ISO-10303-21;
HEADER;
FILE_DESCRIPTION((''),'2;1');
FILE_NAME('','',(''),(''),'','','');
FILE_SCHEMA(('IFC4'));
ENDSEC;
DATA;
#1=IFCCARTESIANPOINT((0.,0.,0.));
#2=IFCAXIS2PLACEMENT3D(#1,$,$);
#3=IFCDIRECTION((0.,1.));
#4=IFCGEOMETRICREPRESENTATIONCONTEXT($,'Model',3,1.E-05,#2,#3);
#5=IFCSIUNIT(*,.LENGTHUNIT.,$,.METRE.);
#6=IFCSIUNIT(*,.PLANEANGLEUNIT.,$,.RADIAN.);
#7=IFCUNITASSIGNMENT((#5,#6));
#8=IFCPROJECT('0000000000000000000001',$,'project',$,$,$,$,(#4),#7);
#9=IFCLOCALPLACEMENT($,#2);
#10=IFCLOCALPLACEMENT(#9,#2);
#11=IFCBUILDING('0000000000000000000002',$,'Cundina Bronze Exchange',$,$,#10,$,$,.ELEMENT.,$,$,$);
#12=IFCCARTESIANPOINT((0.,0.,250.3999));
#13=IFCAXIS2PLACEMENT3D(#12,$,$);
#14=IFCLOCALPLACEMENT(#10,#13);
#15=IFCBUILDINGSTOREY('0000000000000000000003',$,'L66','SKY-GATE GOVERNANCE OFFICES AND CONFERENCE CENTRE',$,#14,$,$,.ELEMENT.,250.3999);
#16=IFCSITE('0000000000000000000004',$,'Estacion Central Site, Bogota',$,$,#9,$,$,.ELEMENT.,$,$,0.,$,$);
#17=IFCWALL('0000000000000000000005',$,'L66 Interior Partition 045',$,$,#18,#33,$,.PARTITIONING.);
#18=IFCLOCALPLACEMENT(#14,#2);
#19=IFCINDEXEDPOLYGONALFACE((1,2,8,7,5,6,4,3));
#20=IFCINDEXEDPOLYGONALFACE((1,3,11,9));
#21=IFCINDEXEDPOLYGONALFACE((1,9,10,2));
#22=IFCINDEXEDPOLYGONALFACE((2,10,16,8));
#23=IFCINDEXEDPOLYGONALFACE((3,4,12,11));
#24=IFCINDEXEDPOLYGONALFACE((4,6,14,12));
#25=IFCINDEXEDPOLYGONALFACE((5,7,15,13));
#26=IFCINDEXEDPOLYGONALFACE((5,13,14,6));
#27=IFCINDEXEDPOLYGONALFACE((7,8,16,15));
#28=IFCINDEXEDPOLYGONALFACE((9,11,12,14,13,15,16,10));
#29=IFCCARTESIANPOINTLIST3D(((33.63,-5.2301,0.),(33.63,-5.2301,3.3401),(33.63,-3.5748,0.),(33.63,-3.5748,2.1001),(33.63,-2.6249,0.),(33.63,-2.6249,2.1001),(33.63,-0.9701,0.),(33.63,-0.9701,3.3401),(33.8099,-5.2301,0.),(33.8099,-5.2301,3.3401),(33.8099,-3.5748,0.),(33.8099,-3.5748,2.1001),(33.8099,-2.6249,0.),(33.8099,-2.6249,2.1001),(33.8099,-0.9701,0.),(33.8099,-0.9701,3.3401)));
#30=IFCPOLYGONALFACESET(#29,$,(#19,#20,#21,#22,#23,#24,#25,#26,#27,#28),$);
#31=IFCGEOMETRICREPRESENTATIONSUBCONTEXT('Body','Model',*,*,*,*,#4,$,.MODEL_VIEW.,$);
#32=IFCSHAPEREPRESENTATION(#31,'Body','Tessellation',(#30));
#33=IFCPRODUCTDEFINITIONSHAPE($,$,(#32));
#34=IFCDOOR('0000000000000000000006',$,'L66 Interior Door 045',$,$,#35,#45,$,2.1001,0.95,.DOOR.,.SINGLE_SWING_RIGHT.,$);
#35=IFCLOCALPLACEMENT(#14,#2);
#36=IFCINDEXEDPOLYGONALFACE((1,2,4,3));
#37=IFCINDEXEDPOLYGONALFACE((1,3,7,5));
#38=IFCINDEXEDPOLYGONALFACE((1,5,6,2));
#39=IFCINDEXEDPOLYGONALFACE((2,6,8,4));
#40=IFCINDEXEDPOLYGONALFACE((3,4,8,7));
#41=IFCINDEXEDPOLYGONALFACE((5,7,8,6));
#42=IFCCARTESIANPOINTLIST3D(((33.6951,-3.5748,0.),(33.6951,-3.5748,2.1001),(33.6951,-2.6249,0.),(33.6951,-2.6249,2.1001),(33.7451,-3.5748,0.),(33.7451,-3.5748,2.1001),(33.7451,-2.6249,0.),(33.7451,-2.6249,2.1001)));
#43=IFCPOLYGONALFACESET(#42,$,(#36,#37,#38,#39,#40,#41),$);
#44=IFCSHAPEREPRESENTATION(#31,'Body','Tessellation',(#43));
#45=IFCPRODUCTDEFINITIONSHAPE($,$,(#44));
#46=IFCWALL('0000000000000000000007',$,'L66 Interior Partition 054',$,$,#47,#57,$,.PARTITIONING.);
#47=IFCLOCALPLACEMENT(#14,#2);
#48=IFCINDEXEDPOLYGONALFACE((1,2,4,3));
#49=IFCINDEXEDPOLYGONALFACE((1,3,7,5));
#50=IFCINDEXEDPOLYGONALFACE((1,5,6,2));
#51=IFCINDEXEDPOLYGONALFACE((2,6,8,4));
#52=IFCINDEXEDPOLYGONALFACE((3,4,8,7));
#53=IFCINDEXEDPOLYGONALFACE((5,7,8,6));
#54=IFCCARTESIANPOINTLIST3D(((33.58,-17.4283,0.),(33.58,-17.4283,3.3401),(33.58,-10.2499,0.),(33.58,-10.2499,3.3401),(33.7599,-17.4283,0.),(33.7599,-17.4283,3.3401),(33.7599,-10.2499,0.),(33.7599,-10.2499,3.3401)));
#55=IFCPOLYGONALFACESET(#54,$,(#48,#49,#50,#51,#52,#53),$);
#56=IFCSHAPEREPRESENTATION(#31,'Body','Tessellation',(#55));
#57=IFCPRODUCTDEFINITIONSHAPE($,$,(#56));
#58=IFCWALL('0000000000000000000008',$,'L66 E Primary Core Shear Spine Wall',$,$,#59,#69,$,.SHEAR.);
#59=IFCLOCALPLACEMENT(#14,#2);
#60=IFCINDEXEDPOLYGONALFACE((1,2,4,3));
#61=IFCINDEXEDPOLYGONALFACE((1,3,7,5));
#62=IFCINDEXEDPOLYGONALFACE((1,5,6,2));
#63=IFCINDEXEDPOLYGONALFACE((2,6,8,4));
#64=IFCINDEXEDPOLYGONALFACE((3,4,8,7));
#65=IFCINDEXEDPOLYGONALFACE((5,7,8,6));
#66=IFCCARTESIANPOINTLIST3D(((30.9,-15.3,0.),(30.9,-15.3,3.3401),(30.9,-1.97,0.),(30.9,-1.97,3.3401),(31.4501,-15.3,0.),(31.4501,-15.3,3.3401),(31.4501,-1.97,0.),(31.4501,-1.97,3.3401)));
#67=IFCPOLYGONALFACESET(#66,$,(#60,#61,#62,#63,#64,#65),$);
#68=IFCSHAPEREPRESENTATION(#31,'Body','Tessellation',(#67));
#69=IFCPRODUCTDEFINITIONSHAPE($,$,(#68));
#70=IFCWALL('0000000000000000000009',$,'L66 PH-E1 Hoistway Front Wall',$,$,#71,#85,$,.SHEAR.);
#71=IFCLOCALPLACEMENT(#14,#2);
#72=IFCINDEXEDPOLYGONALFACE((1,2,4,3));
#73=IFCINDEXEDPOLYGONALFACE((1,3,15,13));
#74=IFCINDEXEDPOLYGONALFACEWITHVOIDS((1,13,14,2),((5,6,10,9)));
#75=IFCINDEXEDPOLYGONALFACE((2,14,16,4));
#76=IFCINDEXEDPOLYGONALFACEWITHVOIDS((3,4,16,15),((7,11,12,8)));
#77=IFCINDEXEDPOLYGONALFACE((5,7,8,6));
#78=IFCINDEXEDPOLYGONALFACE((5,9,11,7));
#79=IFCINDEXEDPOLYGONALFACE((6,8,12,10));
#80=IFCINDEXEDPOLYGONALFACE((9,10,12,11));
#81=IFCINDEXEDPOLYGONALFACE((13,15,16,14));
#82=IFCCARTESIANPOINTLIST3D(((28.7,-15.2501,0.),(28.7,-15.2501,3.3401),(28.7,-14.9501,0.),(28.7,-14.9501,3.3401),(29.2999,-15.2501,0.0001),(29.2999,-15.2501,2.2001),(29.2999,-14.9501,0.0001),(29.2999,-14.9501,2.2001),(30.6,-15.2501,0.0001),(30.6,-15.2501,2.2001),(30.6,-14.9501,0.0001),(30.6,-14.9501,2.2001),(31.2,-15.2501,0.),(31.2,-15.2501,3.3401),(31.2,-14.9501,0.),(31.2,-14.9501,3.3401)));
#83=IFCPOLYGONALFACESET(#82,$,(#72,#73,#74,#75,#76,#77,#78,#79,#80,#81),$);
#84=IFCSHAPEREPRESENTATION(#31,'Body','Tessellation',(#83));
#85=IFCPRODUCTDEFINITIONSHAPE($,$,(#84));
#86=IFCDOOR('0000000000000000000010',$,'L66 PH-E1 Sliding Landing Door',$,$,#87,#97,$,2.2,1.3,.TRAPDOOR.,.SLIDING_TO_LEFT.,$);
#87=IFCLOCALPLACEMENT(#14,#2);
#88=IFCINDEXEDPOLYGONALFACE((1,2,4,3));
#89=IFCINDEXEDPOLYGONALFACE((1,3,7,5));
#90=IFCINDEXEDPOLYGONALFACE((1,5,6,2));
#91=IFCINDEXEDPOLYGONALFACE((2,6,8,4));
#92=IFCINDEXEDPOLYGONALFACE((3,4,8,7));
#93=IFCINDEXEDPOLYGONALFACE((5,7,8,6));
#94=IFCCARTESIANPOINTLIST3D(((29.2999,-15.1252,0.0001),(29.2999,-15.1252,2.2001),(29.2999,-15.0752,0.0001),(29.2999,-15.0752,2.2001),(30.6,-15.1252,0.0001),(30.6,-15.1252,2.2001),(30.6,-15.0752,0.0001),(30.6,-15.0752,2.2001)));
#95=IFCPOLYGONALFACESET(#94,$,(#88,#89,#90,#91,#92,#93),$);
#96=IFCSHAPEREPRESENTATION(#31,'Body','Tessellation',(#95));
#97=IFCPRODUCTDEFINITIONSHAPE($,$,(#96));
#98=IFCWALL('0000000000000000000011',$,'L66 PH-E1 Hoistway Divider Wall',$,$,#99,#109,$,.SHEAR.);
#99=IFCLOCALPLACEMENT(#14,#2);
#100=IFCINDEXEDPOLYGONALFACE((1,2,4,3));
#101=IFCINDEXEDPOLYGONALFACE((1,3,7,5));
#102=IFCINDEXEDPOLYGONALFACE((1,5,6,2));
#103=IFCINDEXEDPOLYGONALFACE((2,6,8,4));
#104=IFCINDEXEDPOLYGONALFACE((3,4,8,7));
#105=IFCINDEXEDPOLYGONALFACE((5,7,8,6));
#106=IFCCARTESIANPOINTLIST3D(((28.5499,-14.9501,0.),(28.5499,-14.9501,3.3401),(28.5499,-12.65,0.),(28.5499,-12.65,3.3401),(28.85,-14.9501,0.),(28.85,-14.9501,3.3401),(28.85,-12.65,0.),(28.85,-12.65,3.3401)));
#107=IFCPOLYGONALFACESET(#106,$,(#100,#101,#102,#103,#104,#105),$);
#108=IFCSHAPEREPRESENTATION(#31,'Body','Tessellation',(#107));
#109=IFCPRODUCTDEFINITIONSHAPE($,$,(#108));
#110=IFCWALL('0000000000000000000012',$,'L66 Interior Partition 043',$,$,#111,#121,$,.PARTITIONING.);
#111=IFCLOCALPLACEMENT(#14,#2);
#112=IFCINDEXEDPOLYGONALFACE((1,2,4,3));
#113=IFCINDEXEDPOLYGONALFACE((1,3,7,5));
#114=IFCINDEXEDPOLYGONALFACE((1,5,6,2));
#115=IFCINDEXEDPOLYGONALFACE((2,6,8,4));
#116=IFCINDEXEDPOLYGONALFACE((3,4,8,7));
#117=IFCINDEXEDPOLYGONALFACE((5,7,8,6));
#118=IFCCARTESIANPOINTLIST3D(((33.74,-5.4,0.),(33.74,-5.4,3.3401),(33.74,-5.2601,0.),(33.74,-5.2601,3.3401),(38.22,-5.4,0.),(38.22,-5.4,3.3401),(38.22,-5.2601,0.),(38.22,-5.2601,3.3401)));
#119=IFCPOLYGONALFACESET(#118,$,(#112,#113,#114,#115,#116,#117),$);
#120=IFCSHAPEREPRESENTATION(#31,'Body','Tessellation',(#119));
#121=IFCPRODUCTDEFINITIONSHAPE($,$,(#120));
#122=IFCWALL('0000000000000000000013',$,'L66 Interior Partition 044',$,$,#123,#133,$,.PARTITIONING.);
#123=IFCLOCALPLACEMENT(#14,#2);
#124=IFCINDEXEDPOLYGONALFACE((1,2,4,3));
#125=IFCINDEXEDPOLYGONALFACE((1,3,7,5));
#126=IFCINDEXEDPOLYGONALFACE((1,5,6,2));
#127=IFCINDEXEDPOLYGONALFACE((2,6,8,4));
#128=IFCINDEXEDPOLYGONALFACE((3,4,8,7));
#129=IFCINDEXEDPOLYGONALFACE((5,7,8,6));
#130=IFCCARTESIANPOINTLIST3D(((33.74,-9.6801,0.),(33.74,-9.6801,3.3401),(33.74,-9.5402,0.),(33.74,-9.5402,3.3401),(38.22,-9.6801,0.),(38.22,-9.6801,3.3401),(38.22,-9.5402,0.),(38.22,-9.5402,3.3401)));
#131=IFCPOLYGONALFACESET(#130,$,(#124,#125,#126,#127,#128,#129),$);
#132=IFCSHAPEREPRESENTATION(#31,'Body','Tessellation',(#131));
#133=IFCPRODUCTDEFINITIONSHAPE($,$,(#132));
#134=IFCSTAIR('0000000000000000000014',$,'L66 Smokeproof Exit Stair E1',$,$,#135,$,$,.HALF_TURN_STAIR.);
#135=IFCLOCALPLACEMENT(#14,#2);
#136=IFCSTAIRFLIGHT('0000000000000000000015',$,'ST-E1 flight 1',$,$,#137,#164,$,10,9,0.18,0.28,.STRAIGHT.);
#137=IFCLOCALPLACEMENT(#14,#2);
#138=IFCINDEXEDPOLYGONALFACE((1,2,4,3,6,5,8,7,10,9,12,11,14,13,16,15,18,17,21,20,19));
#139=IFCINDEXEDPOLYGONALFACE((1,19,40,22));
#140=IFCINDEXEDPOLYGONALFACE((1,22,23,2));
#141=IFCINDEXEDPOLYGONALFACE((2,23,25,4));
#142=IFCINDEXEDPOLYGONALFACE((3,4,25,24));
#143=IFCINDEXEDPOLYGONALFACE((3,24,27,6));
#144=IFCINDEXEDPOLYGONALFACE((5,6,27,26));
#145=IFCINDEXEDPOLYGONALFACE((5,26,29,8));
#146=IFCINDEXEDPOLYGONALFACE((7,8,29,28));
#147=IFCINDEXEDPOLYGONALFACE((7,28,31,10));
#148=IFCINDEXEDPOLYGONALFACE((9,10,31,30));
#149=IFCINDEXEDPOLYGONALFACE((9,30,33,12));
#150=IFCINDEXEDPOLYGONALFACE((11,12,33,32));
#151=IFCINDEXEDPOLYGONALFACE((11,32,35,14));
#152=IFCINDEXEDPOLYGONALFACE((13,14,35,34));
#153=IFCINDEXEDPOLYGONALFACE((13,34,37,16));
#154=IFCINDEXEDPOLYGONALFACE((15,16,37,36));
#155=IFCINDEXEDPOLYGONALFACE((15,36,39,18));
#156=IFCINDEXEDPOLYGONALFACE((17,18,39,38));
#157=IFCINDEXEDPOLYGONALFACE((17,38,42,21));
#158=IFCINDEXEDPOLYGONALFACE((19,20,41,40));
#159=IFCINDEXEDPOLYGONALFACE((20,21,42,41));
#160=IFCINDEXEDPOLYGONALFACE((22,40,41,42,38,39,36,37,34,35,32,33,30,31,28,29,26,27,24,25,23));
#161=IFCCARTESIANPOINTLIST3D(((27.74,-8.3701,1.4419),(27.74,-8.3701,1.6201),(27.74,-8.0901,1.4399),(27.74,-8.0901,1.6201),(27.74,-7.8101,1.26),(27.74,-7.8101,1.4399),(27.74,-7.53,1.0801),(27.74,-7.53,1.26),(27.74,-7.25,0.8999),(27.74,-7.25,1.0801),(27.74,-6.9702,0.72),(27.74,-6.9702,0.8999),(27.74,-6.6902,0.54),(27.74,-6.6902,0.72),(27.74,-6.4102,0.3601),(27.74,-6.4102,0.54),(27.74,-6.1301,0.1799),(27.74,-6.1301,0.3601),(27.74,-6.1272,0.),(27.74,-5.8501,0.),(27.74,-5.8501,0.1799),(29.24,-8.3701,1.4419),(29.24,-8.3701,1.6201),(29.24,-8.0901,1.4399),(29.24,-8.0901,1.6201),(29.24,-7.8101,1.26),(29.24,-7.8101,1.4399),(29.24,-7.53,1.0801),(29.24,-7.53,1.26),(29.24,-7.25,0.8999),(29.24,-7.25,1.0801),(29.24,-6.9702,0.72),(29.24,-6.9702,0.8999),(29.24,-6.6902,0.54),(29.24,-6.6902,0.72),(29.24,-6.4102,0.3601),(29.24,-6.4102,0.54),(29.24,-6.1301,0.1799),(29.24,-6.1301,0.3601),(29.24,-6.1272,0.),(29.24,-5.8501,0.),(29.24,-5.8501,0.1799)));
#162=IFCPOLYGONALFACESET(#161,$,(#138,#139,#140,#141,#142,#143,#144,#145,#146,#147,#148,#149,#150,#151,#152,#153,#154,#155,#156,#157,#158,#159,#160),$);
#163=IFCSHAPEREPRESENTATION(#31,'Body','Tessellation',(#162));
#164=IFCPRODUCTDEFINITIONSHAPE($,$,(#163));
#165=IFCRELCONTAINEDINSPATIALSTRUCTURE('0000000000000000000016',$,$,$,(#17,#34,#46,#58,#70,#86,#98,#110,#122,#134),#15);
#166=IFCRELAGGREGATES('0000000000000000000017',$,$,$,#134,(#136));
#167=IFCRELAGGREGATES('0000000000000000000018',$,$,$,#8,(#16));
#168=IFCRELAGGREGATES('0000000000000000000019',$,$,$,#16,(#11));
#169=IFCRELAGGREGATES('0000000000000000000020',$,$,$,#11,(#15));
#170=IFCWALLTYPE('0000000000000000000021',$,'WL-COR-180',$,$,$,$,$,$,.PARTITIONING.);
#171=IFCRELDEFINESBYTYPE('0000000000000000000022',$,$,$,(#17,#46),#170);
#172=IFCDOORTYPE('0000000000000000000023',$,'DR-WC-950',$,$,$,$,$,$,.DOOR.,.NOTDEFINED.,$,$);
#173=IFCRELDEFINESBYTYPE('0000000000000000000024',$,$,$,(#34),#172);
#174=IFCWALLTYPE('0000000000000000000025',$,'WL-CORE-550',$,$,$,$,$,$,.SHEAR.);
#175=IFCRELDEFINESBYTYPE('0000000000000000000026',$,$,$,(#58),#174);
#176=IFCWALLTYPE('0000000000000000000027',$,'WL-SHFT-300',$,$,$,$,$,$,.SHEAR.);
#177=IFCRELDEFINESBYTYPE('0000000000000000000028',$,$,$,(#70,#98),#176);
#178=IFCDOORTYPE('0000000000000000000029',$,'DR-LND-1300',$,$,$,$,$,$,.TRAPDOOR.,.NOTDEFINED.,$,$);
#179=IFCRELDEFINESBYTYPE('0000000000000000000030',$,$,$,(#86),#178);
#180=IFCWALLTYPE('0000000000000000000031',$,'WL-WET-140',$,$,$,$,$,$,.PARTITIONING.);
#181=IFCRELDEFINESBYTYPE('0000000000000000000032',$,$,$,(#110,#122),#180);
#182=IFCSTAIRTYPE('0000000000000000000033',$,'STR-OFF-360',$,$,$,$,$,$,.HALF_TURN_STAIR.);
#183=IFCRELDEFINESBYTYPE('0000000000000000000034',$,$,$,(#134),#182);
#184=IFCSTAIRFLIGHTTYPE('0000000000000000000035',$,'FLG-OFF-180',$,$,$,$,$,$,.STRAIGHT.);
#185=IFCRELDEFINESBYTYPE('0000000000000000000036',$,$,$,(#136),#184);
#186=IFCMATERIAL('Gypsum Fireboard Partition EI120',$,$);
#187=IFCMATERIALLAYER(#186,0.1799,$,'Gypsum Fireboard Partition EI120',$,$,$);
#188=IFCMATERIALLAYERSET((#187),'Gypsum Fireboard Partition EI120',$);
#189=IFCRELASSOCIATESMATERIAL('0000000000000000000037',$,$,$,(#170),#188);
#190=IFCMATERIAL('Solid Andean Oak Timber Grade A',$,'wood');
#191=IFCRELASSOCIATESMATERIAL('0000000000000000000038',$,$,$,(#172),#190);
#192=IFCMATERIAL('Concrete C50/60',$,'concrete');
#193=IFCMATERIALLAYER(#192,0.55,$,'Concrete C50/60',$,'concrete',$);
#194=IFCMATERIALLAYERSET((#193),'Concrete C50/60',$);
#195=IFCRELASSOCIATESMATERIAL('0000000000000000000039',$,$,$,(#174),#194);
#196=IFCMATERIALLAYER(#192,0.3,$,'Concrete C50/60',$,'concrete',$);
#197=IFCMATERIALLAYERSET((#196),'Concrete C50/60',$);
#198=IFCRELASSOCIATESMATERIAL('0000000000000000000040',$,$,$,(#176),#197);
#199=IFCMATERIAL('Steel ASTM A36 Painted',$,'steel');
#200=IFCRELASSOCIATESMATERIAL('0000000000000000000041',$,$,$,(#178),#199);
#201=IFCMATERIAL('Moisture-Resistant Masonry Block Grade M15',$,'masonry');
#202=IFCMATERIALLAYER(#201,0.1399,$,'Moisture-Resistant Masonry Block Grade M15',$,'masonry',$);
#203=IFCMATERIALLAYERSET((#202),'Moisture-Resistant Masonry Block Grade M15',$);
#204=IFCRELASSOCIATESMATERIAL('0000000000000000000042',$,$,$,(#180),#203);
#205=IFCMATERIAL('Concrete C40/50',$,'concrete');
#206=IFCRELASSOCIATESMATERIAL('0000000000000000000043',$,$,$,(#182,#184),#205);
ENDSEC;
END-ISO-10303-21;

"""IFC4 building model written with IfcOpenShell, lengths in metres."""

from ifc_helpers import new_model, si_unit, direction, frame, frame_2d, origin, place, context, subcontext, project, spatial, polyline, rectangle, outline, extrude, material, layer, layer_set, type_object, element, fill, aggregate, save


model = new_model("IFC4")

# Units and contexts
model_context = context("Model", 3, precision=1e-05, world=origin(), true_north=direction((0.0, 1.0)))
body_context = subcontext(model_context, "Body", "Model", "MODEL_VIEW")
ifc_project = project(units=[si_unit("LENGTHUNIT", "METRE"), si_unit("PLANEANGLEUNIT", "RADIAN")], contexts=[model_context])

# Site, building, storey
site_placement = place(None, origin())
site = spatial("IfcSite", under=ifc_project, at=site_placement, Name="Estacion Central Site, Bogota", CompositionType="ELEMENT", RefElevation=0.0)
building_placement = place(site_placement, origin())
building = spatial("IfcBuilding", under=site, at=building_placement, Name="Cundina Bronze Exchange", CompositionType="ELEMENT")
storey_placement = place(building_placement, frame((0.0, 0.0, 250.3999)))
storey = spatial("IfcBuildingStorey", under=building, at=storey_placement, Name="L66", Description="SKY-GATE GOVERNANCE OFFICES AND CONFERENCE CENTRE", CompositionType="ELEMENT", Elevation=250.3999)

# Shared definitions
ifc_material_1 = material(Name="Concrete C50/60", Category="concrete")

# Wall, opening, door
ifc_material_2 = material(Name="Gypsum Fireboard Partition EI120")
ifc_layer_1 = layer(ifc_material_2, 0.1799, Name="Gypsum Fireboard Partition EI120")
ifc_layer_set_1 = layer_set([ifc_layer_1], Name="Gypsum Fireboard Partition EI120")
wall_type_1 = type_object("IfcWallType", Name="WL-COR-180", PredefinedType="PARTITIONING", material=ifc_layer_set_1)
wall_1_placement = place(storey_placement, frame((33.72, -5.23, 0.0), z_axis=(0.0, 0.0, 1.0), x_axis=(0.0, 1.0, 0.0)))
wall_1 = element("IfcWall", 1, at=wall_1_placement, inside=storey, type_object=wall_type_1, Name="L66 Interior Partition 045", PredefinedType="PARTITIONING", context=body_context, shape_type="SweptSolid", body=[
    extrude(rectangle(XDim=4.26, YDim=0.1799, at=frame_2d((2.1299, 0.0))), origin(), (0.0, 0.0, 1.0), 3.3401),
])
opening_1_placement = place(wall_1_placement, frame((1.655, 0.0, 0.0)))
opening_1 = element("IfcOpeningElement", 2, at=opening_1_placement, cuts=wall_1, PredefinedType="OPENING", context=body_context, shape_type="SweptSolid", body=[
    extrude(rectangle(XDim=0.95, YDim=2.1001, at=frame_2d((0.4751, 1.05))), frame((0.0, 0.0999, 0.0), z_axis=(0.0, -1.0, 0.0), x_axis=(1.0, 0.0, 0.0)), (0.0, 0.0, 1.0), 0.2),
])
ifc_material_3 = material(Name="Solid Andean Oak Timber Grade A", Category="wood")
door_type_1 = type_object("IfcDoorType", Name="DR-WC-950", OperationType="NOTDEFINED", PredefinedType="DOOR", material=ifc_material_3)
door_1_placement = place(opening_1_placement, origin())
door_1 = element("IfcDoor", 3, at=door_1_placement, inside=storey, type_object=door_type_1, Name="L66 Interior Door 045", OperationType="SINGLE_SWING_RIGHT", OverallHeight=2.1001, OverallWidth=0.95, PredefinedType="DOOR", context=body_context, shape_type="SweptSolid", body=[
    extrude(rectangle(XDim=0.95, YDim=2.1001, at=frame_2d((0.4751, 1.05))), frame((0.0, 0.0249, 0.0), z_axis=(0.0, -1.0, 0.0), x_axis=(1.0, 0.0, 0.0)), (0.0, 0.0, 1.0), 0.05),
])
fill(opening_1, door_1)

# Walls
wall_2_placement = place(storey_placement, frame((33.6699, -17.4285, 0.0), z_axis=(0.0, 0.0, 1.0), x_axis=(0.0, 1.0, 0.0)))
element("IfcWall", 4, at=wall_2_placement, inside=storey, type_object=wall_type_1, Name="L66 Interior Partition 054", PredefinedType="PARTITIONING", context=body_context, shape_type="SweptSolid", body=[
    extrude(rectangle(XDim=7.1785, YDim=0.1799, at=frame_2d((3.5894, 0.0))), origin(), (0.0, 0.0, 1.0), 3.3401),
])
ifc_layer_2 = layer(ifc_material_1, 0.55, Name="Concrete C50/60", Category="concrete")
ifc_layer_set_2 = layer_set([ifc_layer_2], Name="Concrete C50/60")
wall_type_2 = type_object("IfcWallType", Name="WL-CORE-550", PredefinedType="SHEAR", material=ifc_layer_set_2)
wall_3_placement = place(storey_placement, frame((31.175, -15.3, 0.0), z_axis=(0.0, 0.0, 1.0), x_axis=(0.0, 1.0, 0.0)))
element("IfcWall", 5, at=wall_3_placement, inside=storey, type_object=wall_type_2, Name="L66 E Primary Core Shear Spine Wall", PredefinedType="SHEAR", context=body_context, shape_type="SweptSolid", body=[
    extrude(rectangle(XDim=13.3301, YDim=0.55, at=frame_2d((6.665, 0.0))), origin(), (0.0, 0.0, 1.0), 3.3401),
])

# Wall, opening, door
ifc_layer_3 = layer(ifc_material_1, 0.3, Name="Concrete C50/60", Category="concrete")
ifc_layer_set_3 = layer_set([ifc_layer_3], Name="Concrete C50/60")
wall_type_3 = type_object("IfcWallType", Name="WL-SHFT-300", PredefinedType="SHEAR", material=ifc_layer_set_3)
wall_4_placement = place(storey_placement, frame((28.7, -15.1001, 0.0), z_axis=(0.0, 0.0, 1.0), x_axis=(1.0, 0.0, 0.0)))
wall_4 = element("IfcWall", 6, at=wall_4_placement, inside=storey, type_object=wall_type_3, Name="L66 PH-E1 Hoistway Front Wall", PredefinedType="SHEAR", context=body_context, shape_type="SweptSolid", body=[
    extrude(rectangle(XDim=2.5, YDim=0.3, at=frame_2d((1.25, 0.0))), origin(), (0.0, 0.0, 1.0), 3.3401),
])
opening_2_placement = place(wall_4_placement, frame((0.6001, 0.0, 0.0)))
opening_2 = element("IfcOpeningElement", 7, at=opening_2_placement, cuts=wall_4, PredefinedType="OPENING", context=body_context, shape_type="SweptSolid", body=[
    extrude(rectangle(XDim=1.3, YDim=2.2, at=frame_2d((0.6499, 1.1001))), frame((0.0, 0.1599, 0.0), z_axis=(0.0, -1.0, 0.0), x_axis=(1.0, 0.0, 0.0)), (0.0, 0.0, 1.0), 0.3201),
])
ifc_material_4 = material(Name="Steel ASTM A36 Painted", Category="steel")
door_type_2 = type_object("IfcDoorType", Name="DR-LND-1300", OperationType="NOTDEFINED", PredefinedType="TRAPDOOR", material=ifc_material_4)
door_2_placement = place(opening_2_placement, origin())
door_2 = element("IfcDoor", 8, at=door_2_placement, inside=storey, type_object=door_type_2, Name="L66 PH-E1 Sliding Landing Door", OperationType="SLIDING_TO_LEFT", OverallHeight=2.2, OverallWidth=1.3, PredefinedType="TRAPDOOR", context=body_context, shape_type="SweptSolid", body=[
    extrude(rectangle(XDim=1.3, YDim=2.2, at=frame_2d((0.6499, 1.1001))), frame((0.0, 0.0249, 0.0), z_axis=(0.0, -1.0, 0.0), x_axis=(1.0, 0.0, 0.0)), (0.0, 0.0, 1.0), 0.05),
])
fill(opening_2, door_2)

# Walls
wall_5_placement = place(storey_placement, frame((28.7, -14.95, 0.0), z_axis=(0.0, 0.0, 1.0), x_axis=(0.0, 1.0, 0.0)))
element("IfcWall", 9, at=wall_5_placement, inside=storey, type_object=wall_type_3, Name="L66 PH-E1 Hoistway Divider Wall", PredefinedType="SHEAR", context=body_context, shape_type="SweptSolid", body=[
    extrude(rectangle(XDim=2.3, YDim=0.3, at=frame_2d((1.1499, 0.0))), origin(), (0.0, 0.0, 1.0), 3.3401),
])
ifc_material_5 = material(Name="Moisture-Resistant Masonry Block Grade M15", Category="masonry")
ifc_layer_4 = layer(ifc_material_5, 0.1399, Name="Moisture-Resistant Masonry Block Grade M15", Category="masonry")
ifc_layer_set_4 = layer_set([ifc_layer_4], Name="Moisture-Resistant Masonry Block Grade M15")
wall_type_4 = type_object("IfcWallType", Name="WL-WET-140", PredefinedType="PARTITIONING", material=ifc_layer_set_4)
for number, where, z_axis, x_axis, name in (
    (10, (33.74, -5.3301, 0.0), (0.0, 0.0, 1.0), (1.0, 0.0, 0.0), "L66 Interior Partition 043"),
    (11, (33.74, -9.6101, 0.0), (0.0, 0.0, 1.0), (1.0, 0.0, 0.0), "L66 Interior Partition 044"),
):
    element("IfcWall", number, at=place(storey_placement, frame(where, z_axis=z_axis, x_axis=x_axis)), inside=storey, type_object=wall_type_4, Name=name, PredefinedType="PARTITIONING", context=body_context, shape_type="SweptSolid", body=[
        extrude(rectangle(XDim=4.48, YDim=0.1399, at=frame_2d((2.24, 0.0))), origin(), (0.0, 0.0, 1.0), 3.3401),
    ])

# Stair, stair flight
ifc_material_6 = material(Name="Concrete C40/50", Category="concrete")
stair_type = type_object("IfcStairType", Name="STR-OFF-360", PredefinedType="HALF_TURN_STAIR", material=ifc_material_6)
stair_placement = place(storey_placement, origin())
stair = element("IfcStair", 12, at=stair_placement, inside=storey, type_object=stair_type, Name="L66 Smokeproof Exit Stair E1", PredefinedType="HALF_TURN_STAIR")
stair_flight_type = type_object("IfcStairFlightType", Name="FLG-OFF-180", PredefinedType="STRAIGHT", material=ifc_material_6)
stair_flight_1_placement = place(storey_placement, frame((28.49, -5.8501, 0.0), z_axis=(0.0, 0.0, 1.0), x_axis=(0.0, -1.0, 0.0)))
stair_flight_1 = element("IfcStairFlight", 13, at=stair_flight_1_placement, type_object=stair_flight_type, Name="ST-E1 flight 1", NumberOfRisers=10, NumberOfTreads=9, PredefinedType="STRAIGHT", RiserHeight=0.18, TreadLength=0.28, context=body_context, shape_type="SweptSolid", body=[
    extrude(outline(polyline([(0.0, 0.0), (0.0, 0.1799), (0.28, 0.1799), (0.28, 0.3601), (0.5601, 0.3601), (0.5601, 0.54), (0.8401, 0.54), (0.8401, 0.72), (1.1201, 0.72), (1.1201, 0.8999), (1.3999, 0.8999), (1.3999, 1.0801), (1.6799, 1.0801), (1.6799, 1.26), (1.96, 1.26), (1.96, 1.4399), (2.24, 1.4399), (2.24, 1.6201), (2.52, 1.6201), (2.52, 1.8), (2.52, 1.4419), (0.2771, 0.0), (0.0, 0.0)])), frame((0.0, 0.75, 0.0), z_axis=(0.0, -1.0, 0.0), x_axis=(1.0, 0.0, 0.0)), (0.0, 0.0, 1.0), 1.5),
])
aggregate(stair, [stair_flight_1])

save(model, "model.ifc")
